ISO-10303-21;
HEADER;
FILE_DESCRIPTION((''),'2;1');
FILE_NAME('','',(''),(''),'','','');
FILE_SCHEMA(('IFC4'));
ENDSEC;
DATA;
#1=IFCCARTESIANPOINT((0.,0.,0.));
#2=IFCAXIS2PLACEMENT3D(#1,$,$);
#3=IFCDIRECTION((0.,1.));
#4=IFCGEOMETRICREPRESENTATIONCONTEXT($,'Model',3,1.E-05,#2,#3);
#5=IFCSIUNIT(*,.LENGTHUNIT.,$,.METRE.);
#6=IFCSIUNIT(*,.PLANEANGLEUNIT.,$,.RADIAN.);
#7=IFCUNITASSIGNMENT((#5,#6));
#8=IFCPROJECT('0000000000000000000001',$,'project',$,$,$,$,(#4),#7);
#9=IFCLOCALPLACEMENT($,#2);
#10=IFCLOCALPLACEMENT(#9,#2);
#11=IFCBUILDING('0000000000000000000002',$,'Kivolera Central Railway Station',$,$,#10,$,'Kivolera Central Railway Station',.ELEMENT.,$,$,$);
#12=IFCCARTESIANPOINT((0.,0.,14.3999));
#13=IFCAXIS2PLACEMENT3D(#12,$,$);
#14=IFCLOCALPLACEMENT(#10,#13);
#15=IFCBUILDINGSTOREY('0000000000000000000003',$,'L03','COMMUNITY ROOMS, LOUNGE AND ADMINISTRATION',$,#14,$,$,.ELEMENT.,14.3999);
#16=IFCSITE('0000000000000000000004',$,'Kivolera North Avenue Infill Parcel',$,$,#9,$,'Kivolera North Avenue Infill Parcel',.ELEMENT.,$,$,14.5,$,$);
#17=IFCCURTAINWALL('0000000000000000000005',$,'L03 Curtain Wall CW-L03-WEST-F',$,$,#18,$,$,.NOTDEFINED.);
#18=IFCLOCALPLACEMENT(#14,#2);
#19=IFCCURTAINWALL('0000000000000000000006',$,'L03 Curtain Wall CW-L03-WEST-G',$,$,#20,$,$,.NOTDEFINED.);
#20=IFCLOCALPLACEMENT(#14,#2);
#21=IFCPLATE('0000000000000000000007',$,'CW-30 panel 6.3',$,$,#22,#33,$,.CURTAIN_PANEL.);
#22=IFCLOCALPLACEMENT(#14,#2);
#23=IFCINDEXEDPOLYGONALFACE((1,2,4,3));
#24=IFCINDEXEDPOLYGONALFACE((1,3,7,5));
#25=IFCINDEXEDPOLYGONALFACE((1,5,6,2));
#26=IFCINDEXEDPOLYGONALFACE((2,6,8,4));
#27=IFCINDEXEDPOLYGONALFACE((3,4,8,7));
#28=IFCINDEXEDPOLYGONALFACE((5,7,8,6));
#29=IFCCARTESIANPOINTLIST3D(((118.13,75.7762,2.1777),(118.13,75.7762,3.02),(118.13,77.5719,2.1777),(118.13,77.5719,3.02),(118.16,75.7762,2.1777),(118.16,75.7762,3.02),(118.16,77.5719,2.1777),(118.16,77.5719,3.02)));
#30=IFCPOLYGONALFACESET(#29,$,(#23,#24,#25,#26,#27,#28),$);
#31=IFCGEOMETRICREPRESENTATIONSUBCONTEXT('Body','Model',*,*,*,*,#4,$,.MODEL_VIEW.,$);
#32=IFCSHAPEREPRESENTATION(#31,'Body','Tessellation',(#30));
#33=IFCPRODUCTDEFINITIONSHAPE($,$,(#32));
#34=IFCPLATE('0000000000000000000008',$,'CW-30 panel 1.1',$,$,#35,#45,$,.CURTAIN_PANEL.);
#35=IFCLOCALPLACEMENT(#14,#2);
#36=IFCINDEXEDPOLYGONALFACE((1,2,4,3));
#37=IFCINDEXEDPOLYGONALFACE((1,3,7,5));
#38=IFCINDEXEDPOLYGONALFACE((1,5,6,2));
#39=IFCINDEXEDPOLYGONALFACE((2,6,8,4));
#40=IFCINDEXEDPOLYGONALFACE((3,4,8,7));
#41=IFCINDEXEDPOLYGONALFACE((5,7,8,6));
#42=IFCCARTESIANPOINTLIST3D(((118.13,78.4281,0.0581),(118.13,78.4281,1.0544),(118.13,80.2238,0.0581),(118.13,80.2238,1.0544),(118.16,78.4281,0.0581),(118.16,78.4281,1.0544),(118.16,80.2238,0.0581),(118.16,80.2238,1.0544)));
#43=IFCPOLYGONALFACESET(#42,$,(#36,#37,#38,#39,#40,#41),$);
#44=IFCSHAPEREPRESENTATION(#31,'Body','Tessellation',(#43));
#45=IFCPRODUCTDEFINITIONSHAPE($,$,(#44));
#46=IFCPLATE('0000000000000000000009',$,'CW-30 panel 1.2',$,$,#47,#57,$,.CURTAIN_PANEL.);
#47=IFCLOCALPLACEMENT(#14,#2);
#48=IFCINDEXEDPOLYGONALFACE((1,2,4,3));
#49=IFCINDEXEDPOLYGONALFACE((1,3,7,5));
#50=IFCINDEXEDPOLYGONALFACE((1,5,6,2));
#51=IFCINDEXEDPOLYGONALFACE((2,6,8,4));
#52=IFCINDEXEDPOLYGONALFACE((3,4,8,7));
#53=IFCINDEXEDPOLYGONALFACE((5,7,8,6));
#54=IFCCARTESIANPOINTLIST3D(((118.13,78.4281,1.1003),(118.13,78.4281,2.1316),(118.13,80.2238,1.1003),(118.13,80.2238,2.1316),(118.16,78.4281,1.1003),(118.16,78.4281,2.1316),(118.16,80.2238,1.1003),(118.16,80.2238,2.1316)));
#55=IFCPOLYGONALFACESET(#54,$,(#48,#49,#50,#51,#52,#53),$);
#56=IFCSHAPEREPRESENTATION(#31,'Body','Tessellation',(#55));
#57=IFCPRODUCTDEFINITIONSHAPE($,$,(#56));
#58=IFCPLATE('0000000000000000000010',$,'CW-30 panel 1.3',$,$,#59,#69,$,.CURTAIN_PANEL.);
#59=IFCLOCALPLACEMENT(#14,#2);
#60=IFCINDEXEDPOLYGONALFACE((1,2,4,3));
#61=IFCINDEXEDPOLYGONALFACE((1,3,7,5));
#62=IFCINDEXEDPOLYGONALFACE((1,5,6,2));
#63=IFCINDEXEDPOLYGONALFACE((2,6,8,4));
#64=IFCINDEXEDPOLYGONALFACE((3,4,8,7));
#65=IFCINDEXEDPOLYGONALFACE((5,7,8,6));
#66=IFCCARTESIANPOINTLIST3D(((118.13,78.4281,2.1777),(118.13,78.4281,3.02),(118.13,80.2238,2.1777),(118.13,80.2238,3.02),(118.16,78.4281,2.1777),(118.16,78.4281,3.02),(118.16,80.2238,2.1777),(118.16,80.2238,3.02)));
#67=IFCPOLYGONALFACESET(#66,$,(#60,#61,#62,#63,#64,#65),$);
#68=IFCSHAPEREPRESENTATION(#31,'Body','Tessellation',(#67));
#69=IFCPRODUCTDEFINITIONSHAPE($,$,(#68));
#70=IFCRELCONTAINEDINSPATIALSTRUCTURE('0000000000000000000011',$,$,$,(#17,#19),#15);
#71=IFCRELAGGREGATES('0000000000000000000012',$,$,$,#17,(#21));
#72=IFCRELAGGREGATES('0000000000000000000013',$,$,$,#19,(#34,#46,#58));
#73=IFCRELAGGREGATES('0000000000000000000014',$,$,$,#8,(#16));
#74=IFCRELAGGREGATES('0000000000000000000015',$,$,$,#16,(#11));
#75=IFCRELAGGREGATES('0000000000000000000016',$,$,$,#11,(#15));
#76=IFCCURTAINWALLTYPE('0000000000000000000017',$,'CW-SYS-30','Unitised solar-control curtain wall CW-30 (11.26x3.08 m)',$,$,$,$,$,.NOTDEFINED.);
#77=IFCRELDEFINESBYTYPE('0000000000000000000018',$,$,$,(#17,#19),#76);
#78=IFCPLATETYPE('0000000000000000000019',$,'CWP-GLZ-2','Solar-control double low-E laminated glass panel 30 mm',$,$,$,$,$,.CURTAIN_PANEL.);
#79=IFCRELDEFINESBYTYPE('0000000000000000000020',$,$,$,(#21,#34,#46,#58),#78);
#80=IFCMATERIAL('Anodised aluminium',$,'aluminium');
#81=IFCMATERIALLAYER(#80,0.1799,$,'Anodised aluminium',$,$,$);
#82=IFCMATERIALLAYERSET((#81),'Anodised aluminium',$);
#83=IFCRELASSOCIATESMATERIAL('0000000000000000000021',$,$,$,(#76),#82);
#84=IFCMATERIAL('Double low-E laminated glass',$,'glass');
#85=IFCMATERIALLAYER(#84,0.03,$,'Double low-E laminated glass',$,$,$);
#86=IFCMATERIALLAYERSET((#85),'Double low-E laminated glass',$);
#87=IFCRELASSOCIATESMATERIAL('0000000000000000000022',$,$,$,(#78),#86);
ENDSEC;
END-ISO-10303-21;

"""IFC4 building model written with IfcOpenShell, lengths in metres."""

from ifc_helpers import new_model, si_unit, direction, frame, origin, origin_2d, place, context, subcontext, project, spatial, rectangle, extrude, material, layer, layer_set, type_object, element, aggregate, save


model = new_model("IFC4")

# Units and contexts
model_context = context("Model", 3, precision=1e-05, world=origin(), true_north=direction((0.0, 1.0)))
body_context = subcontext(model_context, "Body", "Model", "MODEL_VIEW")
ifc_project = project(units=[si_unit("LENGTHUNIT", "METRE"), si_unit("PLANEANGLEUNIT", "RADIAN")], contexts=[model_context])

# Site, building, storey
site_placement = place(None, origin())
site = spatial("IfcSite", under=ifc_project, at=site_placement, Name="Kivolera North Avenue Infill Parcel", LongName="Kivolera North Avenue Infill Parcel", CompositionType="ELEMENT", RefElevation=14.5)
building_placement = place(site_placement, origin())
building = spatial("IfcBuilding", under=site, at=building_placement, Name="Kivolera Central Railway Station", LongName="Kivolera Central Railway Station", CompositionType="ELEMENT")
storey_placement = place(building_placement, frame((0.0, 0.0, 14.3999)))
storey = spatial("IfcBuildingStorey", under=building, at=storey_placement, Name="L03", Description="COMMUNITY ROOMS, LOUNGE AND ADMINISTRATION", CompositionType="ELEMENT", Elevation=14.3999)

# Curtain walls
ifc_material_1 = material(Name="Anodised aluminium", Category="aluminium")
ifc_layer_1 = layer(ifc_material_1, 0.1799, Name="Anodised aluminium")
ifc_layer_set_1 = layer_set([ifc_layer_1], Name="Anodised aluminium")
curtain_wall_type = type_object("IfcCurtainWallType", Name="CW-SYS-30", Description="Unitised solar-control curtain wall CW-30 (11.26x3.08 m)", PredefinedType="NOTDEFINED", material=ifc_layer_set_1)
curtain_wall_1_placement = place(storey_placement, origin())
curtain_wall_1 = element("IfcCurtainWall", 1, at=curtain_wall_1_placement, inside=storey, type_object=curtain_wall_type, Name="L03 Curtain Wall CW-L03-WEST-F", PredefinedType="NOTDEFINED")
curtain_wall_2_placement = place(storey_placement, origin())
curtain_wall_2 = element("IfcCurtainWall", 2, at=curtain_wall_2_placement, inside=storey, type_object=curtain_wall_type, Name="L03 Curtain Wall CW-L03-WEST-G", PredefinedType="NOTDEFINED")

# Plates
ifc_material_2 = material(Name="Double low-E laminated glass", Category="glass")
ifc_layer_2 = layer(ifc_material_2, 0.03, Name="Double low-E laminated glass")
ifc_layer_set_2 = layer_set([ifc_layer_2], Name="Double low-E laminated glass")
plate_type = type_object("IfcPlateType", Name="CWP-GLZ-2", Description="Solar-control double low-E laminated glass panel 30 mm", PredefinedType="CURTAIN_PANEL", material=ifc_layer_set_2)
plate_1_placement = place(storey_placement, frame((118.145, 76.6741, 2.1777), z_axis=(0.0, 0.0, 1.0), x_axis=(0.0, 1.0, 0.0)))
plate_1 = element("IfcPlate", 3, at=plate_1_placement, type_object=plate_type, Name="CW-30 panel 6.3", PredefinedType="CURTAIN_PANEL", context=body_context, shape_type="SweptSolid", body=[
    extrude(rectangle(XDim=1.7957, YDim=0.03, at=origin_2d()), origin(), (0.0, 0.0, 1.0), 0.8423),
])
aggregate(curtain_wall_1, [plate_1])
plate_2_placement = place(storey_placement, frame((118.145, 79.3259, 0.0581), z_axis=(0.0, 0.0, 1.0), x_axis=(0.0, 1.0, 0.0)))
plate_2 = element("IfcPlate", 4, at=plate_2_placement, type_object=plate_type, Name="CW-30 panel 1.1", PredefinedType="CURTAIN_PANEL", context=body_context, shape_type="SweptSolid", body=[
    extrude(rectangle(XDim=1.7957, YDim=0.03, at=origin_2d()), origin(), (0.0, 0.0, 1.0), 0.9963),
])
plate_3_placement = place(storey_placement, frame((118.145, 79.3259, 1.1003), z_axis=(0.0, 0.0, 1.0), x_axis=(0.0, 1.0, 0.0)))
plate_3 = element("IfcPlate", 5, at=plate_3_placement, type_object=plate_type, Name="CW-30 panel 1.2", PredefinedType="CURTAIN_PANEL", context=body_context, shape_type="SweptSolid", body=[
    extrude(rectangle(XDim=1.7957, YDim=0.03, at=origin_2d()), origin(), (0.0, 0.0, 1.0), 1.0312),
])
plate_4_placement = place(storey_placement, frame((118.145, 79.3259, 2.1777), z_axis=(0.0, 0.0, 1.0), x_axis=(0.0, 1.0, 0.0)))
plate_4 = element("IfcPlate", 6, at=plate_4_placement, type_object=plate_type, Name="CW-30 panel 1.3", PredefinedType="CURTAIN_PANEL", context=body_context, shape_type="SweptSolid", body=[
    extrude(rectangle(XDim=1.7957, YDim=0.03, at=origin_2d()), origin(), (0.0, 0.0, 1.0), 0.8423),
])
aggregate(curtain_wall_2, [plate_2, plate_3, plate_4])

save(model, "model.ifc")
